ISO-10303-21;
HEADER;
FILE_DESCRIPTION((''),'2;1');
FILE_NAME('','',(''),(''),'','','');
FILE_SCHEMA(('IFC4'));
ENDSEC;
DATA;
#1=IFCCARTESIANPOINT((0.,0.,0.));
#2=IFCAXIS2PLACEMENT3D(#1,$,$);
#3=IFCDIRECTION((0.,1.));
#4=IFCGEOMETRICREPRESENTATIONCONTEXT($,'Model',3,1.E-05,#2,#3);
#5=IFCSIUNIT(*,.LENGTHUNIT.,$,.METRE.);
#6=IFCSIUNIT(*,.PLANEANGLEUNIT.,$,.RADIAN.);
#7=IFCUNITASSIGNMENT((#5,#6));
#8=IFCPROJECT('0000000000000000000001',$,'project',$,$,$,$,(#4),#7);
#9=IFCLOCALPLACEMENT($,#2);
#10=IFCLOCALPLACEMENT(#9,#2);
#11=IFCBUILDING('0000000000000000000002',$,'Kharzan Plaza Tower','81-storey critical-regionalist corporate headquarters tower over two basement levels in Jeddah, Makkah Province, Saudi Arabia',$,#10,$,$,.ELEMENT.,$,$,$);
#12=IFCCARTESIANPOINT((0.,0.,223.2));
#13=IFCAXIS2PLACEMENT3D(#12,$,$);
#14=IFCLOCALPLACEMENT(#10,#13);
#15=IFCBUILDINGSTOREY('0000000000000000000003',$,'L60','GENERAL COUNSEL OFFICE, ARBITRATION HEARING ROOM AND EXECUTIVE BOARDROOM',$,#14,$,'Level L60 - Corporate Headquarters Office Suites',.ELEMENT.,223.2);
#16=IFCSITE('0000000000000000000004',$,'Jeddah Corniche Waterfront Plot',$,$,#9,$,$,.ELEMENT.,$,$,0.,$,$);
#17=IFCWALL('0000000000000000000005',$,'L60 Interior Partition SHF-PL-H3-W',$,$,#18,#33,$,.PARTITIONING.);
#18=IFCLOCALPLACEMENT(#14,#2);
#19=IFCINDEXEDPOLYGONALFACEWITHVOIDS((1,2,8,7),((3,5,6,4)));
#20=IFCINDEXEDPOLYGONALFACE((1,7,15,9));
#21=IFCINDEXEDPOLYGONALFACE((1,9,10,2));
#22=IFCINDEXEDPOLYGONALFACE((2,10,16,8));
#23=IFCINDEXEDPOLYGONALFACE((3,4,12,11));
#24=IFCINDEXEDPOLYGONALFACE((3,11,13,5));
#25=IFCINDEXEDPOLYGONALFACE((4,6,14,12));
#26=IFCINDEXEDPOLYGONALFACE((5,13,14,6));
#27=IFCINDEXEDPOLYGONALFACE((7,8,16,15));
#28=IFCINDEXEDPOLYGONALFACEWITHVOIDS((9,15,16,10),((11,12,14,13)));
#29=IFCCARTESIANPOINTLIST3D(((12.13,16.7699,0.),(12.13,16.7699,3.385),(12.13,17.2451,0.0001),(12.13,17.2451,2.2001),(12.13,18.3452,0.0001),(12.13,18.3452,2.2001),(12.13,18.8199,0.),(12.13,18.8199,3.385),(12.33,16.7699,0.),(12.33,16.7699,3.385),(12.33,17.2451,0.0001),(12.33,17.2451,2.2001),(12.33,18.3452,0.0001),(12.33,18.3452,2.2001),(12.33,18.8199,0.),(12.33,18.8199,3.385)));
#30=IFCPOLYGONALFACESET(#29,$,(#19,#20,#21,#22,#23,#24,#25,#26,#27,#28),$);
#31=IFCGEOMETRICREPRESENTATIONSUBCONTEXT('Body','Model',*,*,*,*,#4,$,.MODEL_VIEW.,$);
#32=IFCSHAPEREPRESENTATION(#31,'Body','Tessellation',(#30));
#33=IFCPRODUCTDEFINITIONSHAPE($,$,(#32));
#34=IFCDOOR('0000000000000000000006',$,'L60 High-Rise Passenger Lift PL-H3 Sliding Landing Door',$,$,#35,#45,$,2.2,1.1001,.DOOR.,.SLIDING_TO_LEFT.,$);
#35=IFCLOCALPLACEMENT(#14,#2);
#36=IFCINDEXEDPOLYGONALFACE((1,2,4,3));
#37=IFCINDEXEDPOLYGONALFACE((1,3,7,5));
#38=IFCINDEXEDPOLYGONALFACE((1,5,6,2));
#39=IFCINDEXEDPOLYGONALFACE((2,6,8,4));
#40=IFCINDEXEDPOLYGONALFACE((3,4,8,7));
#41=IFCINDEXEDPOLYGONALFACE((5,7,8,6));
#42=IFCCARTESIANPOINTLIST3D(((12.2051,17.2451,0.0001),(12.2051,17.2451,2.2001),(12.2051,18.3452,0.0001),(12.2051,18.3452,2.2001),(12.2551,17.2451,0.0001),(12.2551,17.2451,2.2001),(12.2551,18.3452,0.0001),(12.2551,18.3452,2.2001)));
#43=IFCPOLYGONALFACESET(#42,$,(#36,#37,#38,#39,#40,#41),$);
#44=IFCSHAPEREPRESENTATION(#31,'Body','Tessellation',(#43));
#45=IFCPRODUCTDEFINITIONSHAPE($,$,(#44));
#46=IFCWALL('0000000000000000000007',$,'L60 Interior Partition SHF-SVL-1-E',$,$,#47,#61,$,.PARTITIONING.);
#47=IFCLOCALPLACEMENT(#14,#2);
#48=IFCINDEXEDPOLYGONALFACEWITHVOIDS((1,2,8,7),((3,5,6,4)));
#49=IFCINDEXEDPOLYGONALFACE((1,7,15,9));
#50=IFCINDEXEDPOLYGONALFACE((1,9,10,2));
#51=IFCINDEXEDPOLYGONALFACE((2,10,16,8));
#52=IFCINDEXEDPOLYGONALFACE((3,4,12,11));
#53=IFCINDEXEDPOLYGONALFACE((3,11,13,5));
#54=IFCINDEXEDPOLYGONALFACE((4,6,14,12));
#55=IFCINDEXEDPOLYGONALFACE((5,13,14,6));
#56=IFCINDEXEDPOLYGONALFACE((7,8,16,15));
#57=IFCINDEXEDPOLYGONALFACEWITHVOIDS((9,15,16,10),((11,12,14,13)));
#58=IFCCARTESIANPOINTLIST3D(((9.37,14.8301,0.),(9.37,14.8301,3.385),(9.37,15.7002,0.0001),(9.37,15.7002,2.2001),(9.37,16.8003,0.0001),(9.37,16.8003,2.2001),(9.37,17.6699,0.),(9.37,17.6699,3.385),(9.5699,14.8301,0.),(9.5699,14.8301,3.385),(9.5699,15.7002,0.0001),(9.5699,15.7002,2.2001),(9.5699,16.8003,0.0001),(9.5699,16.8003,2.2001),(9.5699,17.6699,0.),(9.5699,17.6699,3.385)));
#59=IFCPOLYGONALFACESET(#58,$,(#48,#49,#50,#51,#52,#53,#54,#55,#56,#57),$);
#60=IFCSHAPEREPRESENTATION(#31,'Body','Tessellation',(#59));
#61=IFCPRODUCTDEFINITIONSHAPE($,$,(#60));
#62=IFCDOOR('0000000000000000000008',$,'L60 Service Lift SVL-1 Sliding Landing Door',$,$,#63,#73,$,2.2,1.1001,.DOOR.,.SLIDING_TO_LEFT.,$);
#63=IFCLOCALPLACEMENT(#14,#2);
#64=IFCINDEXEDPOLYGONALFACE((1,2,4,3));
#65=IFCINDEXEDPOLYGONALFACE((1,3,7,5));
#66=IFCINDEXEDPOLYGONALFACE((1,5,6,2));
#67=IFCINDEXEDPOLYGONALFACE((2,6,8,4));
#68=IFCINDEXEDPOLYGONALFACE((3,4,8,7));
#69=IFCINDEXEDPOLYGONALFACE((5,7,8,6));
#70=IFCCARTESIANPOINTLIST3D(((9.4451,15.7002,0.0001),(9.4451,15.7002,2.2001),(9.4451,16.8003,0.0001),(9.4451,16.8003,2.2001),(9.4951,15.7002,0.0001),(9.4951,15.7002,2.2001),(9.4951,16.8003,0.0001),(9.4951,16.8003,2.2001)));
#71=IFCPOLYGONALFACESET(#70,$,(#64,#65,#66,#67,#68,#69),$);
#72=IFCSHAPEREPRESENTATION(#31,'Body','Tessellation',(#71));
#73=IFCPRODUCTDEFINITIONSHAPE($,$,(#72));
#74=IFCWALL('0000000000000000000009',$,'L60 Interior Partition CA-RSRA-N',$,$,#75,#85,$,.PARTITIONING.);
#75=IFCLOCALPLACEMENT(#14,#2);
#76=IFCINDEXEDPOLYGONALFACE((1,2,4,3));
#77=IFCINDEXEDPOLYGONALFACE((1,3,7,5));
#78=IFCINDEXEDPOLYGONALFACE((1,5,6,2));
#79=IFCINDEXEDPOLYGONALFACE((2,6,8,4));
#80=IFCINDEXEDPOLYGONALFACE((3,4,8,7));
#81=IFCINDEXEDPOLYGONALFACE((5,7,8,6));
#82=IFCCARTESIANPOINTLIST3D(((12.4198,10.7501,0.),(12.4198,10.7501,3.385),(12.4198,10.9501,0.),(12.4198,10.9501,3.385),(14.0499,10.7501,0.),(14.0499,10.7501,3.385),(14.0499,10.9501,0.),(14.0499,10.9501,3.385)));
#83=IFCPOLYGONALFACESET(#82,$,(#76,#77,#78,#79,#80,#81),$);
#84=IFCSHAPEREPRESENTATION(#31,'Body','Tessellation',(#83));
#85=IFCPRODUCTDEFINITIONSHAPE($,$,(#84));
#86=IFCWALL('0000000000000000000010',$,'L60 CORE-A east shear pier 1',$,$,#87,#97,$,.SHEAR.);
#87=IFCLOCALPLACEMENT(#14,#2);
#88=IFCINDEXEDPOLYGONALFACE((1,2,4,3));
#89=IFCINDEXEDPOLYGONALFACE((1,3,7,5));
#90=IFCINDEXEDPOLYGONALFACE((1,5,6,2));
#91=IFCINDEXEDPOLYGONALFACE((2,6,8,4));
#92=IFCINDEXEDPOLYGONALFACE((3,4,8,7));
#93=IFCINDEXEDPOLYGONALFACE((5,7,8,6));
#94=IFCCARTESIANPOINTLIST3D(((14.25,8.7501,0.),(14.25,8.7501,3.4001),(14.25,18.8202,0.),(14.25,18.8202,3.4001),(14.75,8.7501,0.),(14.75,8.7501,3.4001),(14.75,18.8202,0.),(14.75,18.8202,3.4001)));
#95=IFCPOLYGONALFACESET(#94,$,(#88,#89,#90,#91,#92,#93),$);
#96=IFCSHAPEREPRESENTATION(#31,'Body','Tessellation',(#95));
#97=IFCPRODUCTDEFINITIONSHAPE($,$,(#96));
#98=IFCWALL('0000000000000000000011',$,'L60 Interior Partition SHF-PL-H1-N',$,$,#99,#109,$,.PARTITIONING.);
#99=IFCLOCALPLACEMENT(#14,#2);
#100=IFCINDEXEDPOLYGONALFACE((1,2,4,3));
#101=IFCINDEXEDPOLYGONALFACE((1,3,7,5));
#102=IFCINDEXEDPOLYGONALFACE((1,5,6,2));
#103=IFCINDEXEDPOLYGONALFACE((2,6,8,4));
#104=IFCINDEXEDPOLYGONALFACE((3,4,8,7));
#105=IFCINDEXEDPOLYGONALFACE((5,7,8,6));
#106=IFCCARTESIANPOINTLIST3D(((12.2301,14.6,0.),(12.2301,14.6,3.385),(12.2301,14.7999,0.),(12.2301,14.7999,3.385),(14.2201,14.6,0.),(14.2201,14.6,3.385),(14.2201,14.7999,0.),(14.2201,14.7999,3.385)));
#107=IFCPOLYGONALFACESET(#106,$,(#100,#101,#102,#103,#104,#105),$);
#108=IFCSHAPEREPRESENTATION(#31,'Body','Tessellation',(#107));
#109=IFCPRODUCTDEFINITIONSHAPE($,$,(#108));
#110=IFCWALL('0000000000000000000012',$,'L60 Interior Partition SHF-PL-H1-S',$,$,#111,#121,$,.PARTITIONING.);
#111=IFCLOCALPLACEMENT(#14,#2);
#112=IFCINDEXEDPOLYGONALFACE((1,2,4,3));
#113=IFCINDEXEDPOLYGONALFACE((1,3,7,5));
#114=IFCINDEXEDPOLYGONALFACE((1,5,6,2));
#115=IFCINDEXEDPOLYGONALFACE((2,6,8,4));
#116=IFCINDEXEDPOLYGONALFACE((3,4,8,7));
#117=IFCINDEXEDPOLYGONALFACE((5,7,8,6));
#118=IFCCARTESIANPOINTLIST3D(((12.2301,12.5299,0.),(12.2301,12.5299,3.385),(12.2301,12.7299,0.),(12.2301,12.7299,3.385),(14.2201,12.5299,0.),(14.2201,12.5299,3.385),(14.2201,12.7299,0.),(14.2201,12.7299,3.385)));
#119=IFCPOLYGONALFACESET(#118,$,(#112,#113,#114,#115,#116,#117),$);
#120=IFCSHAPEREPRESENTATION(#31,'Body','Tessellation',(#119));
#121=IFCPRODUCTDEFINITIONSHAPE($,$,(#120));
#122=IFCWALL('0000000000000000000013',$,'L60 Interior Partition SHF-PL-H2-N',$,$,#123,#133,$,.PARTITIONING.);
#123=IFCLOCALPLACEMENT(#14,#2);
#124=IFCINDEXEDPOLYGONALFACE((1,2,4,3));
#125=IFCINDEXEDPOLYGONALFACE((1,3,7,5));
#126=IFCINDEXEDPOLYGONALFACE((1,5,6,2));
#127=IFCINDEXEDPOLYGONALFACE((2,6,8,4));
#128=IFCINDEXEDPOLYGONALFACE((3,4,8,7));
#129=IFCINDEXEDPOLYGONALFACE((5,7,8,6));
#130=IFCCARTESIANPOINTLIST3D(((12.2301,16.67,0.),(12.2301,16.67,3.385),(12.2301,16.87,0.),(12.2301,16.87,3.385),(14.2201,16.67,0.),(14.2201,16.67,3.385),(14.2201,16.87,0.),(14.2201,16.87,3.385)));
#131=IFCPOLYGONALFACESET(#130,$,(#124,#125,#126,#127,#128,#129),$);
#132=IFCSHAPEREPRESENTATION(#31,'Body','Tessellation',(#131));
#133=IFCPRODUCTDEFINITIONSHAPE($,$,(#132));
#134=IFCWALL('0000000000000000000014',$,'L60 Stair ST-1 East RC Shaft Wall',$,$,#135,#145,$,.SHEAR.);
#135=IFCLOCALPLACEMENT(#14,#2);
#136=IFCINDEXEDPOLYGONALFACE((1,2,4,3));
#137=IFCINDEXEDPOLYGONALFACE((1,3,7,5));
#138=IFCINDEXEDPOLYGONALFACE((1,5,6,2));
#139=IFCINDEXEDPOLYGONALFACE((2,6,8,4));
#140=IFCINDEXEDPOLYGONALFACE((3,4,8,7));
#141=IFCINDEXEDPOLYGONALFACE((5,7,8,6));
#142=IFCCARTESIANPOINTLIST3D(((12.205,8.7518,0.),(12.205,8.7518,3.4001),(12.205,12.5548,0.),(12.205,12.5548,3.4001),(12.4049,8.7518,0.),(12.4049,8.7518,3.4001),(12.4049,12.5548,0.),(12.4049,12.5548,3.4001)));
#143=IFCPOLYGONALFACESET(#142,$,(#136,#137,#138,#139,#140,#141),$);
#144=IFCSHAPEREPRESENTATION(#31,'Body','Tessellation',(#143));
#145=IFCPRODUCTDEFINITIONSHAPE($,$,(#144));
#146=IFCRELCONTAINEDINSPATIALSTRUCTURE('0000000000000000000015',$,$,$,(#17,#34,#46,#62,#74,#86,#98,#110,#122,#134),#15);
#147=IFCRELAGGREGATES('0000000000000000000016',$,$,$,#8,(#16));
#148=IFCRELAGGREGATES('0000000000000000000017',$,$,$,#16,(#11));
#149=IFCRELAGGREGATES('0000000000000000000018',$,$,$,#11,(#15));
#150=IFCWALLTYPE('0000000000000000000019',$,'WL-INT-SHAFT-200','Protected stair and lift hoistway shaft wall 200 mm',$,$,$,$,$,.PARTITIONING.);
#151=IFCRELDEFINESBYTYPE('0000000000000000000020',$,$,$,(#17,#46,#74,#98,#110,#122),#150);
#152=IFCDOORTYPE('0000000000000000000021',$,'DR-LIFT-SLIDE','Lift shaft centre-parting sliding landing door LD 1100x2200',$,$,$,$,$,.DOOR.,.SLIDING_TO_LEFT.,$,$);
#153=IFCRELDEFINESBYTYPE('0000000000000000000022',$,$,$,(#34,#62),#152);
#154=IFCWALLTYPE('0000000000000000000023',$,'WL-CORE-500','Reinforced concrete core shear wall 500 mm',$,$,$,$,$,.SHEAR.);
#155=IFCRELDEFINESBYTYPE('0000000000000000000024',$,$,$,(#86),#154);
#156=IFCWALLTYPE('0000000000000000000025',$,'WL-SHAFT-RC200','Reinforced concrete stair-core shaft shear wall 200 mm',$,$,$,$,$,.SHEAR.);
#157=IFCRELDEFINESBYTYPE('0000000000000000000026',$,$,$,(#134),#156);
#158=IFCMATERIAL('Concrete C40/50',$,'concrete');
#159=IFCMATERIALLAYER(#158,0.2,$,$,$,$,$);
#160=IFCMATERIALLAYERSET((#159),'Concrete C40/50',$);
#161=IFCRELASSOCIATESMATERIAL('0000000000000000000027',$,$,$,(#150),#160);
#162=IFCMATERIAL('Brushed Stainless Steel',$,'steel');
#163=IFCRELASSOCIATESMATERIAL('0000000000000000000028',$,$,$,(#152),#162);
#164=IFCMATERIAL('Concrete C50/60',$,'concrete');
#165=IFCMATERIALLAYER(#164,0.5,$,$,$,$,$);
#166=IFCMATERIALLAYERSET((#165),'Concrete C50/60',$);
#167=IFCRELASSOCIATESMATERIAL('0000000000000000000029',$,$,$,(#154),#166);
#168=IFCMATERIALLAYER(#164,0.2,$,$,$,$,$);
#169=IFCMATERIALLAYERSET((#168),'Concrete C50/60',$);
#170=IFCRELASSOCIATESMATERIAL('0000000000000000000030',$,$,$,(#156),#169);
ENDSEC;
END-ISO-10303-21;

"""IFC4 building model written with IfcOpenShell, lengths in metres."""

from ifc_helpers import new_model, si_unit, direction, frame, frame_2d, origin, place, context, subcontext, project, spatial, rectangle, extrude, source, transform, mapped, material, layer, layer_set, type_object, element, fill, save


model = new_model("IFC4")

# Units and contexts
model_context = context("Model", 3, precision=1e-05, world=origin(), true_north=direction((0.0, 1.0)))
body_context = subcontext(model_context, "Body", "Model", "MODEL_VIEW")
ifc_project = project(units=[si_unit("LENGTHUNIT", "METRE"), si_unit("PLANEANGLEUNIT", "RADIAN")], contexts=[model_context])

# Site, building, storey
site_placement = place(None, origin())
site = spatial("IfcSite", under=ifc_project, at=site_placement, Name="Jeddah Corniche Waterfront Plot", CompositionType="ELEMENT", RefElevation=0.0)
building_placement = place(site_placement, origin())
building = spatial("IfcBuilding", under=site, at=building_placement, Name="Kharzan Plaza Tower", Description="81-storey critical-regionalist corporate headquarters tower over two basement levels in Jeddah, Makkah Province, Saudi Arabia", CompositionType="ELEMENT")
storey_placement = place(building_placement, frame((0.0, 0.0, 223.2)))
storey = spatial("IfcBuildingStorey", under=building, at=storey_placement, Name="L60", Description="GENERAL COUNSEL OFFICE, ARBITRATION HEARING ROOM AND EXECUTIVE BOARDROOM", LongName="Level L60 - Corporate Headquarters Office Suites", CompositionType="ELEMENT", Elevation=223.2)

# Walls, openings, doors
ifc_material_1 = material(Name="Concrete C40/50", Category="concrete")
ifc_layer_1 = layer(ifc_material_1, 0.2)
ifc_layer_set_1 = layer_set([ifc_layer_1], Name="Concrete C40/50")
wall_type_1 = type_object("IfcWallType", Name="WL-INT-SHAFT-200", Description="Protected stair and lift hoistway shaft wall 200 mm", PredefinedType="PARTITIONING", material=ifc_layer_set_1)
ifc_material_2 = material(Name="Brushed Stainless Steel", Category="steel")
door_type = type_object("IfcDoorType", Name="DR-LIFT-SLIDE", Description="Lift shaft centre-parting sliding landing door LD 1100x2200", OperationType="SLIDING_TO_LEFT", PredefinedType="DOOR", material=ifc_material_2)
shared_shape_1 = source(origin(), body_context, "Body", "SweptSolid", [
    extrude(rectangle(XDim=1.1001, YDim=2.2, at=frame_2d((0.55, 1.1001))), frame((0.0, 0.0249, 0.0), z_axis=(0.0, -1.0, 0.0), x_axis=(1.0, 0.0, 0.0)), (0.0, 0.0, 1.0), 0.05),
])
wall_1_placement = place(storey_placement, frame((12.23, 16.77, 0.0), z_axis=(0.0, 0.0, 1.0), x_axis=(0.0, 1.0, 0.0)))
wall_1 = element("IfcWall", 1, at=wall_1_placement, inside=storey, type_object=wall_type_1, Name="L60 Interior Partition SHF-PL-H3-W", PredefinedType="PARTITIONING", context=body_context, shape_type="SweptSolid", body=[
    extrude(rectangle(XDim=2.05, YDim=0.2, at=frame_2d((1.0249, 0.0))), origin(), (0.0, 0.0, 1.0), 3.385),
])
opening_1_placement = place(wall_1_placement, frame((0.4751, 0.0, 0.0)))
opening_1 = element("IfcOpeningElement", 2, at=opening_1_placement, cuts=wall_1, PredefinedType="OPENING", context=body_context, shape_type="SweptSolid", body=[
    extrude(rectangle(XDim=1.1001, YDim=2.2, at=frame_2d((0.55, 1.1001))), frame((0.0, 0.1099, 0.0), z_axis=(0.0, -1.0, 0.0), x_axis=(1.0, 0.0, 0.0)), (0.0, 0.0, 1.0), 0.22),
])
door_1_placement = place(opening_1_placement, origin())
door_1 = element("IfcDoor", 3, at=door_1_placement, inside=storey, type_object=door_type, Name="L60 High-Rise Passenger Lift PL-H3 Sliding Landing Door", OperationType="SLIDING_TO_LEFT", OverallHeight=2.2, OverallWidth=1.1001, PredefinedType="DOOR", context=body_context, shape_type="MappedRepresentation", body=[
    mapped(shared_shape_1, transform((0.0, 0.0, 0.0), x_axis=(1.0, 0.0, 0.0), y_axis=(0.0, 1.0, 0.0), z_axis=(0.0, 0.0, 1.0))),
])
fill(opening_1, door_1)
wall_2_placement = place(storey_placement, frame((9.47, 14.8301, 0.0), z_axis=(0.0, 0.0, 1.0), x_axis=(0.0, 1.0, 0.0)))
wall_2 = element("IfcWall", 4, at=wall_2_placement, inside=storey, type_object=wall_type_1, Name="L60 Interior Partition SHF-SVL-1-E", PredefinedType="PARTITIONING", context=body_context, shape_type="SweptSolid", body=[
    extrude(rectangle(XDim=2.8398, YDim=0.2, at=frame_2d((1.4199, 0.0))), origin(), (0.0, 0.0, 1.0), 3.385),
])
opening_2_placement = place(wall_2_placement, frame((0.8701, 0.0, 0.0)))
opening_2 = element("IfcOpeningElement", 5, at=opening_2_placement, cuts=wall_2, PredefinedType="OPENING", context=body_context, shape_type="SweptSolid", body=[
    extrude(rectangle(XDim=1.1001, YDim=2.2, at=frame_2d((0.55, 1.1001))), frame((0.0, 0.1099, 0.0), z_axis=(0.0, -1.0, 0.0), x_axis=(1.0, 0.0, 0.0)), (0.0, 0.0, 1.0), 0.22),
])
door_2_placement = place(opening_2_placement, origin())
door_2 = element("IfcDoor", 6, at=door_2_placement, inside=storey, type_object=door_type, Name="L60 Service Lift SVL-1 Sliding Landing Door", OperationType="SLIDING_TO_LEFT", OverallHeight=2.2, OverallWidth=1.1001, PredefinedType="DOOR", context=body_context, shape_type="MappedRepresentation", body=[
    mapped(shared_shape_1, transform((0.0, 0.0, 0.0), x_axis=(1.0, 0.0, 0.0), y_axis=(0.0, 1.0, 0.0), z_axis=(0.0, 0.0, 1.0))),
])
fill(opening_2, door_2)

# Walls
shared_shape_2 = source(origin(), body_context, "Body", "SweptSolid", [
    extrude(rectangle(XDim=1.6301, YDim=0.2, at=frame_2d((0.8149, 0.0))), origin(), (0.0, 0.0, 1.0), 3.385),
])
wall_3_placement = place(storey_placement, frame((12.4199, 10.8501, 0.0), z_axis=(0.0, 0.0, 1.0), x_axis=(1.0, 0.0, 0.0)))
element("IfcWall", 7, at=wall_3_placement, inside=storey, type_object=wall_type_1, Name="L60 Interior Partition CA-RSRA-N", PredefinedType="PARTITIONING", context=body_context, shape_type="MappedRepresentation", body=[
    mapped(shared_shape_2, transform((0.0, 0.0, 0.0), x_axis=(1.0, 0.0, 0.0), y_axis=(0.0, 1.0, 0.0), z_axis=(0.0, 0.0, 1.0))),
])
ifc_material_3 = material(Name="Concrete C50/60", Category="concrete")
ifc_layer_2 = layer(ifc_material_3, 0.5)
ifc_layer_set_2 = layer_set([ifc_layer_2], Name="Concrete C50/60")
wall_type_2 = type_object("IfcWallType", Name="WL-CORE-500", Description="Reinforced concrete core shear wall 500 mm", PredefinedType="SHEAR", material=ifc_layer_set_2)
shared_shape_3 = source(origin(), body_context, "Body", "SweptSolid", [
    extrude(rectangle(XDim=10.0701, YDim=0.5, at=frame_2d((5.0352, 0.0))), origin(), (0.0, 0.0, 1.0), 3.4001),
])
wall_4_placement = place(storey_placement, frame((14.5, 8.75, 0.0), z_axis=(0.0, 0.0, 1.0), x_axis=(0.0, 1.0, 0.0)))
element("IfcWall", 8, at=wall_4_placement, inside=storey, type_object=wall_type_2, Name="L60 CORE-A east shear pier 1", PredefinedType="SHEAR", context=body_context, shape_type="MappedRepresentation", body=[
    mapped(shared_shape_3, transform((0.0, 0.0, 0.0), x_axis=(1.0, 0.0, 0.0), y_axis=(0.0, 1.0, 0.0), z_axis=(0.0, 0.0, 1.0))),
])
shared_shape_4 = source(origin(), body_context, "Body", "SweptSolid", [
    extrude(rectangle(XDim=1.99, YDim=0.2, at=frame_2d((0.9951, 0.0))), origin(), (0.0, 0.0, 1.0), 3.385),
])
for number, where, z_axis, x_axis, name in (
    (9, (12.23, 14.7, 0.0), (0.0, 0.0, 1.0), (1.0, 0.0, 0.0), "L60 Interior Partition SHF-PL-H1-N"),
    (10, (12.23, 12.6299, 0.0), (0.0, 0.0, 1.0), (1.0, 0.0, 0.0), "L60 Interior Partition SHF-PL-H1-S"),
    (11, (12.23, 16.77, 0.0), (0.0, 0.0, 1.0), (1.0, 0.0, 0.0), "L60 Interior Partition SHF-PL-H2-N"),
):
    element("IfcWall", number, at=place(storey_placement, frame(where, z_axis=z_axis, x_axis=x_axis)), inside=storey, type_object=wall_type_1, Name=name, PredefinedType="PARTITIONING", context=body_context, shape_type="MappedRepresentation", body=[
        mapped(shared_shape_4, transform((0.0, 0.0, 0.0), x_axis=(1.0, 0.0, 0.0), y_axis=(0.0, 1.0, 0.0), z_axis=(0.0, 0.0, 1.0))),
    ])
ifc_layer_3 = layer(ifc_material_3, 0.2)
ifc_layer_set_3 = layer_set([ifc_layer_3], Name="Concrete C50/60")
wall_type_3 = type_object("IfcWallType", Name="WL-SHAFT-RC200", Description="Reinforced concrete stair-core shaft shear wall 200 mm", PredefinedType="SHEAR", material=ifc_layer_set_3)
shared_shape_5 = source(origin(), body_context, "Body", "SweptSolid", [
    extrude(rectangle(XDim=3.803, YDim=0.2, at=frame_2d((1.9014, 0.0))), origin(), (0.0, 0.0, 1.0), 3.4001),
])
wall_5_placement = place(storey_placement, frame((12.3049, 8.752, 0.0), z_axis=(0.0, 0.0, 1.0), x_axis=(0.0, 1.0, 0.0)))
element("IfcWall", 12, at=wall_5_placement, inside=storey, type_object=wall_type_3, Name="L60 Stair ST-1 East RC Shaft Wall", PredefinedType="SHEAR", context=body_context, shape_type="MappedRepresentation", body=[
    mapped(shared_shape_5, transform((0.0, 0.0, 0.0), x_axis=(1.0, 0.0, 0.0), y_axis=(0.0, 1.0, 0.0), z_axis=(0.0, 0.0, 1.0))),
])

save(model, "model.ifc")
